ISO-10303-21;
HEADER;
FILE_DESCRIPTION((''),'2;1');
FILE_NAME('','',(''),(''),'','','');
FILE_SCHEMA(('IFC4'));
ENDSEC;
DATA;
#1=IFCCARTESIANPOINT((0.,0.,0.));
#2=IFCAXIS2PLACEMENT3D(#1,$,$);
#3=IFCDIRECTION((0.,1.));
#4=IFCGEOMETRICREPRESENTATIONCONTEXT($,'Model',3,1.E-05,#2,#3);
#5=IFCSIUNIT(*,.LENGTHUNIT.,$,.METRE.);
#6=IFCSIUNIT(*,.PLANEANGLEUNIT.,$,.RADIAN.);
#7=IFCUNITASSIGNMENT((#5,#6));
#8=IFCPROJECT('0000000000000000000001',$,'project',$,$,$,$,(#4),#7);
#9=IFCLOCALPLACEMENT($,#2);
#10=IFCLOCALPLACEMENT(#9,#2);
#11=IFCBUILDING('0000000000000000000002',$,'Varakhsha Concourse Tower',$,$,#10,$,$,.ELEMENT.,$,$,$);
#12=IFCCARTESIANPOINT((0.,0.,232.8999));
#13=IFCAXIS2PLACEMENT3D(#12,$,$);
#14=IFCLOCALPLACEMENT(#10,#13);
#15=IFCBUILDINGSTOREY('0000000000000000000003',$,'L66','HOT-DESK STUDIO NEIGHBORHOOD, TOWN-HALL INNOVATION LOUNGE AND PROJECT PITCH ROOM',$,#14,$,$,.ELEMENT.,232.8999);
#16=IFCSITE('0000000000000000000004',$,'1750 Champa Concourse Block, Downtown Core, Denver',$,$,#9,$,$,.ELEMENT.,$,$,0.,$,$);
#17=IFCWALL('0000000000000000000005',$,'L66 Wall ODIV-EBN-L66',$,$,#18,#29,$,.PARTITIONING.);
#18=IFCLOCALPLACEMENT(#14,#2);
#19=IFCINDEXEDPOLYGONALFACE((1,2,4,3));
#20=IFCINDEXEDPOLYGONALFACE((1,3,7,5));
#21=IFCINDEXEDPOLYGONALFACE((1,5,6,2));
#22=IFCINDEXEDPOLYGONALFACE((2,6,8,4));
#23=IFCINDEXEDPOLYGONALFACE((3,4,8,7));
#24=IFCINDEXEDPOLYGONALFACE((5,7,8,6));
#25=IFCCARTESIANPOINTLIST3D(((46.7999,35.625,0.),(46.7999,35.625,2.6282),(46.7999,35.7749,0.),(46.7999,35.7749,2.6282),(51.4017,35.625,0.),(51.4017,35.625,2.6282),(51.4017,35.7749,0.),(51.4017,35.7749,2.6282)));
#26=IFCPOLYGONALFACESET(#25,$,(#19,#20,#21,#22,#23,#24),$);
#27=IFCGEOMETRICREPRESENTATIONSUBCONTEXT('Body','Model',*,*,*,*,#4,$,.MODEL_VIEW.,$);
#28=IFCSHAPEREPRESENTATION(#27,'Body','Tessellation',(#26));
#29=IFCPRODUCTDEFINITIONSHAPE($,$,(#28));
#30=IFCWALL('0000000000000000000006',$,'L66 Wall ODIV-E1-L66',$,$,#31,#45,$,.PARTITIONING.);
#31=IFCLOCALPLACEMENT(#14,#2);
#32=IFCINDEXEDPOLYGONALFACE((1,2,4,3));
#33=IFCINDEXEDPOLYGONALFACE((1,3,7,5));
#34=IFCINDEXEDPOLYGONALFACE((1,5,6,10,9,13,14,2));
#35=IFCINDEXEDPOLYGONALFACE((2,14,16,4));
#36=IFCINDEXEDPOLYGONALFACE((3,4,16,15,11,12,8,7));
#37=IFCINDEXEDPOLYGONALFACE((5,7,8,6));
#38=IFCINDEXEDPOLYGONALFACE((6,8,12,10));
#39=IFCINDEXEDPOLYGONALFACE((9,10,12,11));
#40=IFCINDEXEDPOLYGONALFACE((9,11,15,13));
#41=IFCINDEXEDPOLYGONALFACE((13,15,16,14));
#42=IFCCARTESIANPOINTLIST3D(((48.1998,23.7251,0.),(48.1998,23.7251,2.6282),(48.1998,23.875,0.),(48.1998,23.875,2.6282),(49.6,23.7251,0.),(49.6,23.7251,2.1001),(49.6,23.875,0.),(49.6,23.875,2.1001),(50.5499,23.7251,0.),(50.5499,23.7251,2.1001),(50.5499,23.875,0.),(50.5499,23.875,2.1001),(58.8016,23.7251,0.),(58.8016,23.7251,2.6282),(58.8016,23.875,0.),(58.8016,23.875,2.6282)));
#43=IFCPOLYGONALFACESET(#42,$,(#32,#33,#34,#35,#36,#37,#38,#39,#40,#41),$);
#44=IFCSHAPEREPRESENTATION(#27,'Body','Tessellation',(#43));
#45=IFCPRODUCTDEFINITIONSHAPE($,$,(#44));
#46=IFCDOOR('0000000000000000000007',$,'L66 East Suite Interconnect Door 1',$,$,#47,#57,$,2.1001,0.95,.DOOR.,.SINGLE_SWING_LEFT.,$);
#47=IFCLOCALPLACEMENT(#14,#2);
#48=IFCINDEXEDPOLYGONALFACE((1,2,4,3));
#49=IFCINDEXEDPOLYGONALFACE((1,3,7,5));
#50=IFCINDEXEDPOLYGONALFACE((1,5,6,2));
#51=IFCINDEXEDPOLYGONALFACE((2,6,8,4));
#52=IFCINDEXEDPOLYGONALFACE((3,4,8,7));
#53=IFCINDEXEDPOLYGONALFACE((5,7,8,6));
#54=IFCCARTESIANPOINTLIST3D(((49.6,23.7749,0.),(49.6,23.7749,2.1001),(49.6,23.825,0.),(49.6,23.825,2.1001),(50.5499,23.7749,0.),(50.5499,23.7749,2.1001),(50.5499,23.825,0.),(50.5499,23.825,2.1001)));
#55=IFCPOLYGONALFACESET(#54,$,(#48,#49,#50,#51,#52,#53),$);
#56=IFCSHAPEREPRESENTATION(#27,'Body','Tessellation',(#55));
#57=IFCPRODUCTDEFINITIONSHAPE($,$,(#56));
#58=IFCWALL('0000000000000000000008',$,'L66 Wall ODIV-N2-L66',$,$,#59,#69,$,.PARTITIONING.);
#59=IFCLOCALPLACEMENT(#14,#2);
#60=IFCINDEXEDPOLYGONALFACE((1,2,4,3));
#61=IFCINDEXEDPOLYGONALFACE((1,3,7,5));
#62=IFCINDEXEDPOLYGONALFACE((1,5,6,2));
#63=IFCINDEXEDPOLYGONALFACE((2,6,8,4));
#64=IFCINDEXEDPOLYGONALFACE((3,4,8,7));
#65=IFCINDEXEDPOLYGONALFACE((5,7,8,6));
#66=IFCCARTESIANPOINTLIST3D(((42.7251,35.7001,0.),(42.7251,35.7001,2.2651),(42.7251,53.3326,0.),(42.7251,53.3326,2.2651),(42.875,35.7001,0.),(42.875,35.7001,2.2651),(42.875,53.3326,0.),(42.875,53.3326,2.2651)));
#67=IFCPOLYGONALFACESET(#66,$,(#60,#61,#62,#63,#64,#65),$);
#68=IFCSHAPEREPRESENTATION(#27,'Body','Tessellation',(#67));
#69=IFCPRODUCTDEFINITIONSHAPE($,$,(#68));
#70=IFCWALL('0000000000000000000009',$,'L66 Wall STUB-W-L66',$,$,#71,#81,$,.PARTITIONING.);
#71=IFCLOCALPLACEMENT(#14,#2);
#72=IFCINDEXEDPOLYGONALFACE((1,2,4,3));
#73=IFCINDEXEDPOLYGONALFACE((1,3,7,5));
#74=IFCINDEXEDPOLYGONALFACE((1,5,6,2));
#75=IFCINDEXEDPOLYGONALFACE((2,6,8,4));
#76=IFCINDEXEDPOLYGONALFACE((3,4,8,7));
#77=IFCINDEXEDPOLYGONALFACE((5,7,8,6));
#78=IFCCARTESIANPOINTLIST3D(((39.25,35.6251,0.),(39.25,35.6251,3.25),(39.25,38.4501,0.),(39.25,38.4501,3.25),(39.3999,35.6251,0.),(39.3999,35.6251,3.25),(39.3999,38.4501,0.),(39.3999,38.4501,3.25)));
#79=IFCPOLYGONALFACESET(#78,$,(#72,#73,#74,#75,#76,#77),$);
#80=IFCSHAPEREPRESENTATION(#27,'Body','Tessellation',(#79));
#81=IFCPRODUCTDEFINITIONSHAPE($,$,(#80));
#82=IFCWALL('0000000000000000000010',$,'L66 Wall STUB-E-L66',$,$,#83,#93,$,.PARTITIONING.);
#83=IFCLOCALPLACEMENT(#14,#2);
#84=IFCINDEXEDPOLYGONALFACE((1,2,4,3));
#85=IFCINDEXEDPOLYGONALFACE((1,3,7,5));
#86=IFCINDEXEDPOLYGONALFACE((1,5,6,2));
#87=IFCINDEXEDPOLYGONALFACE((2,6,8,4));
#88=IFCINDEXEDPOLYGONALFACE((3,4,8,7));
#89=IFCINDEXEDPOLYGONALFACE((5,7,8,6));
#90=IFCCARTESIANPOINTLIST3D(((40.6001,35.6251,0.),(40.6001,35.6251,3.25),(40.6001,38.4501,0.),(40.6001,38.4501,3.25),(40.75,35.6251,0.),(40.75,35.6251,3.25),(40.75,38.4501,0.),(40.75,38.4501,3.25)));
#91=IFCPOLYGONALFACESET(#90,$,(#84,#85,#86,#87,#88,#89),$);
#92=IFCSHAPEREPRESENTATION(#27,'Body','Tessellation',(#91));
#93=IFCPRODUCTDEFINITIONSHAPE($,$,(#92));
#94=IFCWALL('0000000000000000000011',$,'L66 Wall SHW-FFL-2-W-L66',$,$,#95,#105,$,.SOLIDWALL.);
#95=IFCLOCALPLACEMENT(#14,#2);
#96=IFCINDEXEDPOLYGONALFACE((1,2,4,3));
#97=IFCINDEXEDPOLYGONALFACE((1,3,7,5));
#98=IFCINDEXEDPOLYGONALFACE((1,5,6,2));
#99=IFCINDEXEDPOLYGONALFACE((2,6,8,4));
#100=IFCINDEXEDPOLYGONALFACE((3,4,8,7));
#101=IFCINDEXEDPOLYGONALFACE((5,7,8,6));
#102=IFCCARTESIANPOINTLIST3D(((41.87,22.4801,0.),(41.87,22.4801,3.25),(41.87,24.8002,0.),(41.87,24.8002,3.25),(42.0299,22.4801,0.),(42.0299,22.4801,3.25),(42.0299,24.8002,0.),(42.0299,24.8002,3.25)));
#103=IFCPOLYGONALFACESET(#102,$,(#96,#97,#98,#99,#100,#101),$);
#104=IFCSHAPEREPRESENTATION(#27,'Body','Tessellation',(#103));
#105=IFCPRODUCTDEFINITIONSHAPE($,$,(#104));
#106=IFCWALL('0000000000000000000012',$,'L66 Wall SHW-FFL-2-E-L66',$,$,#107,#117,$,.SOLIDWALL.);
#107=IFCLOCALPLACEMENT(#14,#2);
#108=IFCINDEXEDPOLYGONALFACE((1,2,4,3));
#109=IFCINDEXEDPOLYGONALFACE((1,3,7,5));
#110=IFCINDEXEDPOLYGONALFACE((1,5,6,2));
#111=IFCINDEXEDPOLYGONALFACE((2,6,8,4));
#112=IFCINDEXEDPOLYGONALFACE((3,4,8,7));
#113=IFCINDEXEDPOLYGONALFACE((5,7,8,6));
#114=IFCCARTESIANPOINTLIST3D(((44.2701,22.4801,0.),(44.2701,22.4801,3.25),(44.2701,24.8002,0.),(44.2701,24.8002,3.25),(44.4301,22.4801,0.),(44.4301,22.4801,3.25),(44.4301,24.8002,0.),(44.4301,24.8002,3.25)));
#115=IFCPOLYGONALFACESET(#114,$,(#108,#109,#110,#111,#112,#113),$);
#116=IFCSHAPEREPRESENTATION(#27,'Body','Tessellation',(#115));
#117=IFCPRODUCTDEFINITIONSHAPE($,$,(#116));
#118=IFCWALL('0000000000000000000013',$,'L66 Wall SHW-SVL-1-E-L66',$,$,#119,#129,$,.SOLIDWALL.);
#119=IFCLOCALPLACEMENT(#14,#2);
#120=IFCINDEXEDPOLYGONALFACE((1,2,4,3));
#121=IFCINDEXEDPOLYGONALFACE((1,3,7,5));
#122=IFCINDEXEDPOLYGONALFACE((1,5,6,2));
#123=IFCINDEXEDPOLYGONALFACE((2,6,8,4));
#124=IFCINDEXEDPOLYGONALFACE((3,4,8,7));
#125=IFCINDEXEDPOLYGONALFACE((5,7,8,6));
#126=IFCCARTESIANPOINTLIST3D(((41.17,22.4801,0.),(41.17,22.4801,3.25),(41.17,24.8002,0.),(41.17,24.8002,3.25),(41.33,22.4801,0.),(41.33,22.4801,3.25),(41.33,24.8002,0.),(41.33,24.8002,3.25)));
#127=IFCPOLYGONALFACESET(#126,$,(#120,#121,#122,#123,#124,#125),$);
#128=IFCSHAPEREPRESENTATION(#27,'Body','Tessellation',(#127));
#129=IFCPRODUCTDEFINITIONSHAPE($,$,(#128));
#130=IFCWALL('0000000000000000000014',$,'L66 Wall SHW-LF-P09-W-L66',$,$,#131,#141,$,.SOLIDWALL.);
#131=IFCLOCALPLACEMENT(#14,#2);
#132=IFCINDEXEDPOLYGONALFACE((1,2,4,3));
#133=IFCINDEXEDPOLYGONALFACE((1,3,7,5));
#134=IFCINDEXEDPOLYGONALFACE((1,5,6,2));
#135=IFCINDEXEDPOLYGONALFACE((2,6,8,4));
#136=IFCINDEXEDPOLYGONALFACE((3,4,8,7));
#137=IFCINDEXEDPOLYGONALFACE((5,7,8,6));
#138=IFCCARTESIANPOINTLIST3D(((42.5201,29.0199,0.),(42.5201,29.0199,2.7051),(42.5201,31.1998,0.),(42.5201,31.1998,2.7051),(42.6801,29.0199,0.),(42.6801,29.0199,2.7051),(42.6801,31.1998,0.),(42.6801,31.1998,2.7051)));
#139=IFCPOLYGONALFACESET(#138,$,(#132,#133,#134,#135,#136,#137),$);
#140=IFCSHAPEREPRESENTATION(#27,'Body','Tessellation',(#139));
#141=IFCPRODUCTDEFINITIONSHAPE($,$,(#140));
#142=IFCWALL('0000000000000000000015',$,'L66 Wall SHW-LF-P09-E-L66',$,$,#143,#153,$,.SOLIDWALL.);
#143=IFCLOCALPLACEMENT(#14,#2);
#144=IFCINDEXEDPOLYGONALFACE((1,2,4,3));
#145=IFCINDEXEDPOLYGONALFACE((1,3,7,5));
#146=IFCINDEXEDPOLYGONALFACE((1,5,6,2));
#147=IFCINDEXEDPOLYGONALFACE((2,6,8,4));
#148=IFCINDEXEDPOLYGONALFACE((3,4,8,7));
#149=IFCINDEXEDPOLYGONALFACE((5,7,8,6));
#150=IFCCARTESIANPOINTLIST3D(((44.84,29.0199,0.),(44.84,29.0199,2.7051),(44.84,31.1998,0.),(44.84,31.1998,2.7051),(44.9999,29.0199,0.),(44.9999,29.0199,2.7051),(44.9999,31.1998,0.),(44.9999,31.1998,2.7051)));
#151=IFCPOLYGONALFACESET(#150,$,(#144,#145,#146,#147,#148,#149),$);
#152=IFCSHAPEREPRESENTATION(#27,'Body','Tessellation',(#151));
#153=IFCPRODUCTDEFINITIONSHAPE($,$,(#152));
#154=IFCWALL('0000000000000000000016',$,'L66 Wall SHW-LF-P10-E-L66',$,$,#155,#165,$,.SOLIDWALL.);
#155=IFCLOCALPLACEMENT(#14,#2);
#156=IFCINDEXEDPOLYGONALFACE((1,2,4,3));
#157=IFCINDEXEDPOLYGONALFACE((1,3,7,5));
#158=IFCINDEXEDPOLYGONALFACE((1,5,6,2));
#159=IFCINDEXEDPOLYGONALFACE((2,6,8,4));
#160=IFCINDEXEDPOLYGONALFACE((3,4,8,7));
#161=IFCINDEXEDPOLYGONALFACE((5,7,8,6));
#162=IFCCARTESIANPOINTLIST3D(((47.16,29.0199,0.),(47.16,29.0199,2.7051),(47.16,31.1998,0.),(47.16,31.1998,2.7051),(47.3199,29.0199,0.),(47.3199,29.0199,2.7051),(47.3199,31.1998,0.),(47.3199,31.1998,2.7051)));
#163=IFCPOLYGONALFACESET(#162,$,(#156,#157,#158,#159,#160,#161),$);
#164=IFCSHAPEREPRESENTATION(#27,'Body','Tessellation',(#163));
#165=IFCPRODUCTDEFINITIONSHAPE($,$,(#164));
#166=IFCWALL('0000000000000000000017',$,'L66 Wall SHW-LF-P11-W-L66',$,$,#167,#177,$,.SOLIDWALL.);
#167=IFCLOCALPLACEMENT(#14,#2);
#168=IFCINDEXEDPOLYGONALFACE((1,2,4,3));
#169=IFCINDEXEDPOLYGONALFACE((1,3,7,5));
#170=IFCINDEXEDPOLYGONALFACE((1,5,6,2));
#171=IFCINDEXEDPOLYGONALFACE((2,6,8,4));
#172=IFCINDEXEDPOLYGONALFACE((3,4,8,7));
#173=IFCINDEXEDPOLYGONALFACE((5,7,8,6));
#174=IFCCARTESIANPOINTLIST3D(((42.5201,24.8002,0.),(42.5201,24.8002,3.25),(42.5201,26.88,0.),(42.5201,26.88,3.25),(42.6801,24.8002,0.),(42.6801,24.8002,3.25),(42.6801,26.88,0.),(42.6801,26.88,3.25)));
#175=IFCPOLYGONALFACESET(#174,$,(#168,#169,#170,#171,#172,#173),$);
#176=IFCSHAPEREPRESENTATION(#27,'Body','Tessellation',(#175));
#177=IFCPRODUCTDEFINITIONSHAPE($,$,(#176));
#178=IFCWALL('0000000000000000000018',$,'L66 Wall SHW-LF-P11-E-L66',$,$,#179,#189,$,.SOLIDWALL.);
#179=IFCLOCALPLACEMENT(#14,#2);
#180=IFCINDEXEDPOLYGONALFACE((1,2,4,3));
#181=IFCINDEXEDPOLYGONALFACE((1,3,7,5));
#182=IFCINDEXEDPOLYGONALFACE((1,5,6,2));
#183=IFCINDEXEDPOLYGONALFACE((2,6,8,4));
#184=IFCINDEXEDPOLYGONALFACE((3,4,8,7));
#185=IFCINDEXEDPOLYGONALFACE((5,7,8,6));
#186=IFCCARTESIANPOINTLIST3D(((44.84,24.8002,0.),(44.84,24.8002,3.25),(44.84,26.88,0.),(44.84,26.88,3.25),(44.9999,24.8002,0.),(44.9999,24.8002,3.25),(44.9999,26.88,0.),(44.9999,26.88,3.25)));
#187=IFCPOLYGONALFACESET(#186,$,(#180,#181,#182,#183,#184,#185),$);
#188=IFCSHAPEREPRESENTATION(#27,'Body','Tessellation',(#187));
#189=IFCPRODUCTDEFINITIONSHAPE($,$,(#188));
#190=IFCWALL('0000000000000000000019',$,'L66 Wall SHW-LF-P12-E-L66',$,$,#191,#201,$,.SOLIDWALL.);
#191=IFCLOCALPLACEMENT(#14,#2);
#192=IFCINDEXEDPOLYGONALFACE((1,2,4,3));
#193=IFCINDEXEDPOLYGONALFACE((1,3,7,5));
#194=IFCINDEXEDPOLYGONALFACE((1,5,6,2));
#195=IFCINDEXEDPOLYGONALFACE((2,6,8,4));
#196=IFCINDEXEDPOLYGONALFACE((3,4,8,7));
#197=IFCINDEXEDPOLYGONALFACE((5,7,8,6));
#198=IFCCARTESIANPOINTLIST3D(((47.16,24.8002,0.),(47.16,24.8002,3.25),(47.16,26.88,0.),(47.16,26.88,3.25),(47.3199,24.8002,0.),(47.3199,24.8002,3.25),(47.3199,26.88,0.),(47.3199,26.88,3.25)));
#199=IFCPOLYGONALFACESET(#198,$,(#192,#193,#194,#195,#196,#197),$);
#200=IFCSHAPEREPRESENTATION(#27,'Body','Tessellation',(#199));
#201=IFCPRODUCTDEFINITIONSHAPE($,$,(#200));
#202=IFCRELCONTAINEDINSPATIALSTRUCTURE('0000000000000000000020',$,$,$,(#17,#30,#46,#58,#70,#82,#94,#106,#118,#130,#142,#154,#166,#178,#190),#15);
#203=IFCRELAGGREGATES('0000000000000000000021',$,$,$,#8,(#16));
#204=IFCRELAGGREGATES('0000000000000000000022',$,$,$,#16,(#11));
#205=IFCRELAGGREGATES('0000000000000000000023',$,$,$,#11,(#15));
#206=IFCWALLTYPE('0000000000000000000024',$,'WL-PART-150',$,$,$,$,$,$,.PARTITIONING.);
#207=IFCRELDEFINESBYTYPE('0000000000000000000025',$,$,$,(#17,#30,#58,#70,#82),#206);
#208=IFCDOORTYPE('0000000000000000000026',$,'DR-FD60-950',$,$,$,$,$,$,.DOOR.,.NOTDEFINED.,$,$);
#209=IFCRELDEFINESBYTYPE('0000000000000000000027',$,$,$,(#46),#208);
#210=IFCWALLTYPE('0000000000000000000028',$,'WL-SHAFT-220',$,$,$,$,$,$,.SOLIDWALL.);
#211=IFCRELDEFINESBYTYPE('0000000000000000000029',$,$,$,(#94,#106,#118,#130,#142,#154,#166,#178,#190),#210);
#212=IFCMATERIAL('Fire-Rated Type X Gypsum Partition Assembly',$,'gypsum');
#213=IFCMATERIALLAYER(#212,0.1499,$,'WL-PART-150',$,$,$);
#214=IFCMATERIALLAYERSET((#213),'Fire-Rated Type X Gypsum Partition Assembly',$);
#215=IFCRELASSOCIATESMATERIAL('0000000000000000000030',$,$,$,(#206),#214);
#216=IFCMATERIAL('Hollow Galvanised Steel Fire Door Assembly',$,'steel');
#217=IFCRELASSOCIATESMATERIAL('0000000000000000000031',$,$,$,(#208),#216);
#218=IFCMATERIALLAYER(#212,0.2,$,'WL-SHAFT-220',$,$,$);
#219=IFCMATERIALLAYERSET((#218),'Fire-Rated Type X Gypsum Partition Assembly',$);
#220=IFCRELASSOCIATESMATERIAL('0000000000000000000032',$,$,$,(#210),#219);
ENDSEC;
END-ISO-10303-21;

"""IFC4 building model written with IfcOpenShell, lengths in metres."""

from ifc_helpers import new_model, si_unit, direction, frame, frame_2d, origin, place, context, subcontext, project, spatial, rectangle, extrude, material, layer, layer_set, type_object, element, fill, save


model = new_model("IFC4")

# Units and contexts
model_context = context("Model", 3, precision=1e-05, world=origin(), true_north=direction((0.0, 1.0)))
body_context = subcontext(model_context, "Body", "Model", "MODEL_VIEW")
ifc_project = project(units=[si_unit("LENGTHUNIT", "METRE"), si_unit("PLANEANGLEUNIT", "RADIAN")], contexts=[model_context])

# Site, building, storey
site_placement = place(None, origin())
site = spatial("IfcSite", under=ifc_project, at=site_placement, Name="1750 Champa Concourse Block, Downtown Core, Denver", CompositionType="ELEMENT", RefElevation=0.0)
building_placement = place(site_placement, origin())
building = spatial("IfcBuilding", under=site, at=building_placement, Name="Varakhsha Concourse Tower", CompositionType="ELEMENT")
storey_placement = place(building_placement, frame((0.0, 0.0, 232.8999)))
storey = spatial("IfcBuildingStorey", under=building, at=storey_placement, Name="L66", Description="HOT-DESK STUDIO NEIGHBORHOOD, TOWN-HALL INNOVATION LOUNGE AND PROJECT PITCH ROOM", CompositionType="ELEMENT", Elevation=232.8999)

# Shared definitions
ifc_material_1 = material(Name="Fire-Rated Type X Gypsum Partition Assembly", Category="gypsum")
ifc_layer_1 = layer(ifc_material_1, 0.1499, Name="WL-PART-150")
ifc_layer_set_1 = layer_set([ifc_layer_1], Name="Fire-Rated Type X Gypsum Partition Assembly")
wall_type_1 = type_object("IfcWallType", Name="WL-PART-150", PredefinedType="PARTITIONING", material=ifc_layer_set_1)

# Shared definitions
ifc_material_2 = material(Name="Hollow Galvanised Steel Fire Door Assembly", Category="steel")
door_type = type_object("IfcDoorType", Name="DR-FD60-950", OperationType="NOTDEFINED", PredefinedType="DOOR", material=ifc_material_2)

# Wall
wall_1_placement = place(storey_placement, frame((46.8, 35.7, 0.0), z_axis=(0.0, 0.0, 1.0), x_axis=(1.0, 0.0, 0.0)))
element("IfcWall", 1, at=wall_1_placement, inside=storey, type_object=wall_type_1, Name="L66 Wall ODIV-EBN-L66", PredefinedType="PARTITIONING", context=body_context, shape_type="SweptSolid", body=[
    extrude(rectangle(XDim=4.6018, YDim=0.1499, at=frame_2d((2.3008, 0.0))), origin(), (0.0, 0.0, 1.0), 2.6282),
])

# Wall, opening, door
wall_2_placement = place(storey_placement, frame((48.2, 23.8, 0.0), z_axis=(0.0, 0.0, 1.0), x_axis=(1.0, 0.0, 0.0)))
wall_2 = element("IfcWall", 2, at=wall_2_placement, inside=storey, type_object=wall_type_1, Name="L66 Wall ODIV-E1-L66", PredefinedType="PARTITIONING", context=body_context, shape_type="SweptSolid", body=[
    extrude(rectangle(XDim=10.6018, YDim=0.1499, at=frame_2d((5.3008, 0.0))), origin(), (0.0, 0.0, 1.0), 2.6282),
])
opening_1_placement = place(wall_2_placement, frame((1.3999, 0.0, 0.0)))
opening_1 = element("IfcOpeningElement", 3, at=opening_1_placement, cuts=wall_2, PredefinedType="OPENING", context=body_context, shape_type="SweptSolid", body=[
    extrude(rectangle(XDim=0.95, YDim=2.1001, at=frame_2d((0.4751, 1.05))), frame((0.0, 0.085, 0.0), z_axis=(0.0, -1.0, 0.0), x_axis=(1.0, 0.0, 0.0)), (0.0, 0.0, 1.0), 0.1699),
])
door_1_placement = place(opening_1_placement, origin())
door_1 = element("IfcDoor", 4, at=door_1_placement, inside=storey, type_object=door_type, Name="L66 East Suite Interconnect Door 1", OperationType="SINGLE_SWING_LEFT", OverallHeight=2.1001, OverallWidth=0.95, PredefinedType="DOOR", context=body_context, shape_type="SweptSolid", body=[
    extrude(rectangle(XDim=0.95, YDim=2.1001, at=frame_2d((0.4751, 1.05))), frame((0.0, 0.0249, 0.0), z_axis=(0.0, -1.0, 0.0), x_axis=(1.0, 0.0, 0.0)), (0.0, 0.0, 1.0), 0.05),
])
fill(opening_1, door_1)

# Walls
wall_3_placement = place(storey_placement, frame((42.8, 35.7, 0.0), z_axis=(0.0, 0.0, 1.0), x_axis=(0.0, 1.0, 0.0)))
element("IfcWall", 5, at=wall_3_placement, inside=storey, type_object=wall_type_1, Name="L66 Wall ODIV-N2-L66", PredefinedType="PARTITIONING", context=body_context, shape_type="SweptSolid", body=[
    extrude(rectangle(XDim=17.6326, YDim=0.1499, at=frame_2d((8.8164, 0.0))), origin(), (0.0, 0.0, 1.0), 2.2651),
])
for number, where, z_axis, x_axis, name in (
    (6, (39.325, 35.625, 0.0), (0.0, 0.0, 1.0), (0.0, 1.0, 0.0), "L66 Wall STUB-W-L66"),
    (7, (40.675, 35.625, 0.0), (0.0, 0.0, 1.0), (0.0, 1.0, 0.0), "L66 Wall STUB-E-L66"),
):
    element("IfcWall", number, at=place(storey_placement, frame(where, z_axis=z_axis, x_axis=x_axis)), inside=storey, type_object=wall_type_1, Name=name, PredefinedType="PARTITIONING", context=body_context, shape_type="SweptSolid", body=[
        extrude(rectangle(XDim=2.825, YDim=0.1499, at=frame_2d((1.4126, 0.0))), origin(), (0.0, 0.0, 1.0), 3.25),
    ])
ifc_layer_2 = layer(ifc_material_1, 0.2, Name="WL-SHAFT-220")
ifc_layer_set_2 = layer_set([ifc_layer_2], Name="Fire-Rated Type X Gypsum Partition Assembly")
wall_type_2 = type_object("IfcWallType", Name="WL-SHAFT-220", PredefinedType="SOLIDWALL", material=ifc_layer_set_2)
for number, where, z_axis, x_axis, name in (
    (8, (41.95, 22.48, 0.0), (0.0, 0.0, 1.0), (0.0, 1.0, 0.0), "L66 Wall SHW-FFL-2-W-L66"),
    (9, (44.3501, 22.48, 0.0), (0.0, 0.0, 1.0), (0.0, 1.0, 0.0), "L66 Wall SHW-FFL-2-E-L66"),
    (10, (41.25, 22.48, 0.0), (0.0, 0.0, 1.0), (0.0, 1.0, 0.0), "L66 Wall SHW-SVL-1-E-L66"),
):
    element("IfcWall", number, at=place(storey_placement, frame(where, z_axis=z_axis, x_axis=x_axis)), inside=storey, type_object=wall_type_2, Name=name, PredefinedType="SOLIDWALL", context=body_context, shape_type="SweptSolid", body=[
        extrude(rectangle(XDim=2.3201, YDim=0.1599, at=frame_2d((1.1602, 0.0))), origin(), (0.0, 0.0, 1.0), 3.25),
    ])
for number, where, z_axis, x_axis, name in (
    (11, (42.6001, 29.02, 0.0), (0.0, 0.0, 1.0), (0.0, 1.0, 0.0), "L66 Wall SHW-LF-P09-W-L66"),
    (12, (44.9199, 29.02, 0.0), (0.0, 0.0, 1.0), (0.0, 1.0, 0.0), "L66 Wall SHW-LF-P09-E-L66"),
    (13, (47.24, 29.02, 0.0), (0.0, 0.0, 1.0), (0.0, 1.0, 0.0), "L66 Wall SHW-LF-P10-E-L66"),
):
    element("IfcWall", number, at=place(storey_placement, frame(where, z_axis=z_axis, x_axis=x_axis)), inside=storey, type_object=wall_type_2, Name=name, PredefinedType="SOLIDWALL", context=body_context, shape_type="SweptSolid", body=[
        extrude(rectangle(XDim=2.1799, YDim=0.1599, at=frame_2d((1.0898, 0.0))), origin(), (0.0, 0.0, 1.0), 2.7051),
    ])
for number, where, z_axis, x_axis, name in (
    (14, (42.6001, 24.8, 0.0), (0.0, 0.0, 1.0), (0.0, 1.0, 0.0), "L66 Wall SHW-LF-P11-W-L66"),
    (15, (44.9199, 24.8, 0.0), (0.0, 0.0, 1.0), (0.0, 1.0, 0.0), "L66 Wall SHW-LF-P11-E-L66"),
    (16, (47.24, 24.8, 0.0), (0.0, 0.0, 1.0), (0.0, 1.0, 0.0), "L66 Wall SHW-LF-P12-E-L66"),
):
    element("IfcWall", number, at=place(storey_placement, frame(where, z_axis=z_axis, x_axis=x_axis)), inside=storey, type_object=wall_type_2, Name=name, PredefinedType="SOLIDWALL", context=body_context, shape_type="SweptSolid", body=[
        extrude(rectangle(XDim=2.0798, YDim=0.1599, at=frame_2d((1.04, 0.0))), origin(), (0.0, 0.0, 1.0), 3.25),
    ])

save(model, "model.ifc")
